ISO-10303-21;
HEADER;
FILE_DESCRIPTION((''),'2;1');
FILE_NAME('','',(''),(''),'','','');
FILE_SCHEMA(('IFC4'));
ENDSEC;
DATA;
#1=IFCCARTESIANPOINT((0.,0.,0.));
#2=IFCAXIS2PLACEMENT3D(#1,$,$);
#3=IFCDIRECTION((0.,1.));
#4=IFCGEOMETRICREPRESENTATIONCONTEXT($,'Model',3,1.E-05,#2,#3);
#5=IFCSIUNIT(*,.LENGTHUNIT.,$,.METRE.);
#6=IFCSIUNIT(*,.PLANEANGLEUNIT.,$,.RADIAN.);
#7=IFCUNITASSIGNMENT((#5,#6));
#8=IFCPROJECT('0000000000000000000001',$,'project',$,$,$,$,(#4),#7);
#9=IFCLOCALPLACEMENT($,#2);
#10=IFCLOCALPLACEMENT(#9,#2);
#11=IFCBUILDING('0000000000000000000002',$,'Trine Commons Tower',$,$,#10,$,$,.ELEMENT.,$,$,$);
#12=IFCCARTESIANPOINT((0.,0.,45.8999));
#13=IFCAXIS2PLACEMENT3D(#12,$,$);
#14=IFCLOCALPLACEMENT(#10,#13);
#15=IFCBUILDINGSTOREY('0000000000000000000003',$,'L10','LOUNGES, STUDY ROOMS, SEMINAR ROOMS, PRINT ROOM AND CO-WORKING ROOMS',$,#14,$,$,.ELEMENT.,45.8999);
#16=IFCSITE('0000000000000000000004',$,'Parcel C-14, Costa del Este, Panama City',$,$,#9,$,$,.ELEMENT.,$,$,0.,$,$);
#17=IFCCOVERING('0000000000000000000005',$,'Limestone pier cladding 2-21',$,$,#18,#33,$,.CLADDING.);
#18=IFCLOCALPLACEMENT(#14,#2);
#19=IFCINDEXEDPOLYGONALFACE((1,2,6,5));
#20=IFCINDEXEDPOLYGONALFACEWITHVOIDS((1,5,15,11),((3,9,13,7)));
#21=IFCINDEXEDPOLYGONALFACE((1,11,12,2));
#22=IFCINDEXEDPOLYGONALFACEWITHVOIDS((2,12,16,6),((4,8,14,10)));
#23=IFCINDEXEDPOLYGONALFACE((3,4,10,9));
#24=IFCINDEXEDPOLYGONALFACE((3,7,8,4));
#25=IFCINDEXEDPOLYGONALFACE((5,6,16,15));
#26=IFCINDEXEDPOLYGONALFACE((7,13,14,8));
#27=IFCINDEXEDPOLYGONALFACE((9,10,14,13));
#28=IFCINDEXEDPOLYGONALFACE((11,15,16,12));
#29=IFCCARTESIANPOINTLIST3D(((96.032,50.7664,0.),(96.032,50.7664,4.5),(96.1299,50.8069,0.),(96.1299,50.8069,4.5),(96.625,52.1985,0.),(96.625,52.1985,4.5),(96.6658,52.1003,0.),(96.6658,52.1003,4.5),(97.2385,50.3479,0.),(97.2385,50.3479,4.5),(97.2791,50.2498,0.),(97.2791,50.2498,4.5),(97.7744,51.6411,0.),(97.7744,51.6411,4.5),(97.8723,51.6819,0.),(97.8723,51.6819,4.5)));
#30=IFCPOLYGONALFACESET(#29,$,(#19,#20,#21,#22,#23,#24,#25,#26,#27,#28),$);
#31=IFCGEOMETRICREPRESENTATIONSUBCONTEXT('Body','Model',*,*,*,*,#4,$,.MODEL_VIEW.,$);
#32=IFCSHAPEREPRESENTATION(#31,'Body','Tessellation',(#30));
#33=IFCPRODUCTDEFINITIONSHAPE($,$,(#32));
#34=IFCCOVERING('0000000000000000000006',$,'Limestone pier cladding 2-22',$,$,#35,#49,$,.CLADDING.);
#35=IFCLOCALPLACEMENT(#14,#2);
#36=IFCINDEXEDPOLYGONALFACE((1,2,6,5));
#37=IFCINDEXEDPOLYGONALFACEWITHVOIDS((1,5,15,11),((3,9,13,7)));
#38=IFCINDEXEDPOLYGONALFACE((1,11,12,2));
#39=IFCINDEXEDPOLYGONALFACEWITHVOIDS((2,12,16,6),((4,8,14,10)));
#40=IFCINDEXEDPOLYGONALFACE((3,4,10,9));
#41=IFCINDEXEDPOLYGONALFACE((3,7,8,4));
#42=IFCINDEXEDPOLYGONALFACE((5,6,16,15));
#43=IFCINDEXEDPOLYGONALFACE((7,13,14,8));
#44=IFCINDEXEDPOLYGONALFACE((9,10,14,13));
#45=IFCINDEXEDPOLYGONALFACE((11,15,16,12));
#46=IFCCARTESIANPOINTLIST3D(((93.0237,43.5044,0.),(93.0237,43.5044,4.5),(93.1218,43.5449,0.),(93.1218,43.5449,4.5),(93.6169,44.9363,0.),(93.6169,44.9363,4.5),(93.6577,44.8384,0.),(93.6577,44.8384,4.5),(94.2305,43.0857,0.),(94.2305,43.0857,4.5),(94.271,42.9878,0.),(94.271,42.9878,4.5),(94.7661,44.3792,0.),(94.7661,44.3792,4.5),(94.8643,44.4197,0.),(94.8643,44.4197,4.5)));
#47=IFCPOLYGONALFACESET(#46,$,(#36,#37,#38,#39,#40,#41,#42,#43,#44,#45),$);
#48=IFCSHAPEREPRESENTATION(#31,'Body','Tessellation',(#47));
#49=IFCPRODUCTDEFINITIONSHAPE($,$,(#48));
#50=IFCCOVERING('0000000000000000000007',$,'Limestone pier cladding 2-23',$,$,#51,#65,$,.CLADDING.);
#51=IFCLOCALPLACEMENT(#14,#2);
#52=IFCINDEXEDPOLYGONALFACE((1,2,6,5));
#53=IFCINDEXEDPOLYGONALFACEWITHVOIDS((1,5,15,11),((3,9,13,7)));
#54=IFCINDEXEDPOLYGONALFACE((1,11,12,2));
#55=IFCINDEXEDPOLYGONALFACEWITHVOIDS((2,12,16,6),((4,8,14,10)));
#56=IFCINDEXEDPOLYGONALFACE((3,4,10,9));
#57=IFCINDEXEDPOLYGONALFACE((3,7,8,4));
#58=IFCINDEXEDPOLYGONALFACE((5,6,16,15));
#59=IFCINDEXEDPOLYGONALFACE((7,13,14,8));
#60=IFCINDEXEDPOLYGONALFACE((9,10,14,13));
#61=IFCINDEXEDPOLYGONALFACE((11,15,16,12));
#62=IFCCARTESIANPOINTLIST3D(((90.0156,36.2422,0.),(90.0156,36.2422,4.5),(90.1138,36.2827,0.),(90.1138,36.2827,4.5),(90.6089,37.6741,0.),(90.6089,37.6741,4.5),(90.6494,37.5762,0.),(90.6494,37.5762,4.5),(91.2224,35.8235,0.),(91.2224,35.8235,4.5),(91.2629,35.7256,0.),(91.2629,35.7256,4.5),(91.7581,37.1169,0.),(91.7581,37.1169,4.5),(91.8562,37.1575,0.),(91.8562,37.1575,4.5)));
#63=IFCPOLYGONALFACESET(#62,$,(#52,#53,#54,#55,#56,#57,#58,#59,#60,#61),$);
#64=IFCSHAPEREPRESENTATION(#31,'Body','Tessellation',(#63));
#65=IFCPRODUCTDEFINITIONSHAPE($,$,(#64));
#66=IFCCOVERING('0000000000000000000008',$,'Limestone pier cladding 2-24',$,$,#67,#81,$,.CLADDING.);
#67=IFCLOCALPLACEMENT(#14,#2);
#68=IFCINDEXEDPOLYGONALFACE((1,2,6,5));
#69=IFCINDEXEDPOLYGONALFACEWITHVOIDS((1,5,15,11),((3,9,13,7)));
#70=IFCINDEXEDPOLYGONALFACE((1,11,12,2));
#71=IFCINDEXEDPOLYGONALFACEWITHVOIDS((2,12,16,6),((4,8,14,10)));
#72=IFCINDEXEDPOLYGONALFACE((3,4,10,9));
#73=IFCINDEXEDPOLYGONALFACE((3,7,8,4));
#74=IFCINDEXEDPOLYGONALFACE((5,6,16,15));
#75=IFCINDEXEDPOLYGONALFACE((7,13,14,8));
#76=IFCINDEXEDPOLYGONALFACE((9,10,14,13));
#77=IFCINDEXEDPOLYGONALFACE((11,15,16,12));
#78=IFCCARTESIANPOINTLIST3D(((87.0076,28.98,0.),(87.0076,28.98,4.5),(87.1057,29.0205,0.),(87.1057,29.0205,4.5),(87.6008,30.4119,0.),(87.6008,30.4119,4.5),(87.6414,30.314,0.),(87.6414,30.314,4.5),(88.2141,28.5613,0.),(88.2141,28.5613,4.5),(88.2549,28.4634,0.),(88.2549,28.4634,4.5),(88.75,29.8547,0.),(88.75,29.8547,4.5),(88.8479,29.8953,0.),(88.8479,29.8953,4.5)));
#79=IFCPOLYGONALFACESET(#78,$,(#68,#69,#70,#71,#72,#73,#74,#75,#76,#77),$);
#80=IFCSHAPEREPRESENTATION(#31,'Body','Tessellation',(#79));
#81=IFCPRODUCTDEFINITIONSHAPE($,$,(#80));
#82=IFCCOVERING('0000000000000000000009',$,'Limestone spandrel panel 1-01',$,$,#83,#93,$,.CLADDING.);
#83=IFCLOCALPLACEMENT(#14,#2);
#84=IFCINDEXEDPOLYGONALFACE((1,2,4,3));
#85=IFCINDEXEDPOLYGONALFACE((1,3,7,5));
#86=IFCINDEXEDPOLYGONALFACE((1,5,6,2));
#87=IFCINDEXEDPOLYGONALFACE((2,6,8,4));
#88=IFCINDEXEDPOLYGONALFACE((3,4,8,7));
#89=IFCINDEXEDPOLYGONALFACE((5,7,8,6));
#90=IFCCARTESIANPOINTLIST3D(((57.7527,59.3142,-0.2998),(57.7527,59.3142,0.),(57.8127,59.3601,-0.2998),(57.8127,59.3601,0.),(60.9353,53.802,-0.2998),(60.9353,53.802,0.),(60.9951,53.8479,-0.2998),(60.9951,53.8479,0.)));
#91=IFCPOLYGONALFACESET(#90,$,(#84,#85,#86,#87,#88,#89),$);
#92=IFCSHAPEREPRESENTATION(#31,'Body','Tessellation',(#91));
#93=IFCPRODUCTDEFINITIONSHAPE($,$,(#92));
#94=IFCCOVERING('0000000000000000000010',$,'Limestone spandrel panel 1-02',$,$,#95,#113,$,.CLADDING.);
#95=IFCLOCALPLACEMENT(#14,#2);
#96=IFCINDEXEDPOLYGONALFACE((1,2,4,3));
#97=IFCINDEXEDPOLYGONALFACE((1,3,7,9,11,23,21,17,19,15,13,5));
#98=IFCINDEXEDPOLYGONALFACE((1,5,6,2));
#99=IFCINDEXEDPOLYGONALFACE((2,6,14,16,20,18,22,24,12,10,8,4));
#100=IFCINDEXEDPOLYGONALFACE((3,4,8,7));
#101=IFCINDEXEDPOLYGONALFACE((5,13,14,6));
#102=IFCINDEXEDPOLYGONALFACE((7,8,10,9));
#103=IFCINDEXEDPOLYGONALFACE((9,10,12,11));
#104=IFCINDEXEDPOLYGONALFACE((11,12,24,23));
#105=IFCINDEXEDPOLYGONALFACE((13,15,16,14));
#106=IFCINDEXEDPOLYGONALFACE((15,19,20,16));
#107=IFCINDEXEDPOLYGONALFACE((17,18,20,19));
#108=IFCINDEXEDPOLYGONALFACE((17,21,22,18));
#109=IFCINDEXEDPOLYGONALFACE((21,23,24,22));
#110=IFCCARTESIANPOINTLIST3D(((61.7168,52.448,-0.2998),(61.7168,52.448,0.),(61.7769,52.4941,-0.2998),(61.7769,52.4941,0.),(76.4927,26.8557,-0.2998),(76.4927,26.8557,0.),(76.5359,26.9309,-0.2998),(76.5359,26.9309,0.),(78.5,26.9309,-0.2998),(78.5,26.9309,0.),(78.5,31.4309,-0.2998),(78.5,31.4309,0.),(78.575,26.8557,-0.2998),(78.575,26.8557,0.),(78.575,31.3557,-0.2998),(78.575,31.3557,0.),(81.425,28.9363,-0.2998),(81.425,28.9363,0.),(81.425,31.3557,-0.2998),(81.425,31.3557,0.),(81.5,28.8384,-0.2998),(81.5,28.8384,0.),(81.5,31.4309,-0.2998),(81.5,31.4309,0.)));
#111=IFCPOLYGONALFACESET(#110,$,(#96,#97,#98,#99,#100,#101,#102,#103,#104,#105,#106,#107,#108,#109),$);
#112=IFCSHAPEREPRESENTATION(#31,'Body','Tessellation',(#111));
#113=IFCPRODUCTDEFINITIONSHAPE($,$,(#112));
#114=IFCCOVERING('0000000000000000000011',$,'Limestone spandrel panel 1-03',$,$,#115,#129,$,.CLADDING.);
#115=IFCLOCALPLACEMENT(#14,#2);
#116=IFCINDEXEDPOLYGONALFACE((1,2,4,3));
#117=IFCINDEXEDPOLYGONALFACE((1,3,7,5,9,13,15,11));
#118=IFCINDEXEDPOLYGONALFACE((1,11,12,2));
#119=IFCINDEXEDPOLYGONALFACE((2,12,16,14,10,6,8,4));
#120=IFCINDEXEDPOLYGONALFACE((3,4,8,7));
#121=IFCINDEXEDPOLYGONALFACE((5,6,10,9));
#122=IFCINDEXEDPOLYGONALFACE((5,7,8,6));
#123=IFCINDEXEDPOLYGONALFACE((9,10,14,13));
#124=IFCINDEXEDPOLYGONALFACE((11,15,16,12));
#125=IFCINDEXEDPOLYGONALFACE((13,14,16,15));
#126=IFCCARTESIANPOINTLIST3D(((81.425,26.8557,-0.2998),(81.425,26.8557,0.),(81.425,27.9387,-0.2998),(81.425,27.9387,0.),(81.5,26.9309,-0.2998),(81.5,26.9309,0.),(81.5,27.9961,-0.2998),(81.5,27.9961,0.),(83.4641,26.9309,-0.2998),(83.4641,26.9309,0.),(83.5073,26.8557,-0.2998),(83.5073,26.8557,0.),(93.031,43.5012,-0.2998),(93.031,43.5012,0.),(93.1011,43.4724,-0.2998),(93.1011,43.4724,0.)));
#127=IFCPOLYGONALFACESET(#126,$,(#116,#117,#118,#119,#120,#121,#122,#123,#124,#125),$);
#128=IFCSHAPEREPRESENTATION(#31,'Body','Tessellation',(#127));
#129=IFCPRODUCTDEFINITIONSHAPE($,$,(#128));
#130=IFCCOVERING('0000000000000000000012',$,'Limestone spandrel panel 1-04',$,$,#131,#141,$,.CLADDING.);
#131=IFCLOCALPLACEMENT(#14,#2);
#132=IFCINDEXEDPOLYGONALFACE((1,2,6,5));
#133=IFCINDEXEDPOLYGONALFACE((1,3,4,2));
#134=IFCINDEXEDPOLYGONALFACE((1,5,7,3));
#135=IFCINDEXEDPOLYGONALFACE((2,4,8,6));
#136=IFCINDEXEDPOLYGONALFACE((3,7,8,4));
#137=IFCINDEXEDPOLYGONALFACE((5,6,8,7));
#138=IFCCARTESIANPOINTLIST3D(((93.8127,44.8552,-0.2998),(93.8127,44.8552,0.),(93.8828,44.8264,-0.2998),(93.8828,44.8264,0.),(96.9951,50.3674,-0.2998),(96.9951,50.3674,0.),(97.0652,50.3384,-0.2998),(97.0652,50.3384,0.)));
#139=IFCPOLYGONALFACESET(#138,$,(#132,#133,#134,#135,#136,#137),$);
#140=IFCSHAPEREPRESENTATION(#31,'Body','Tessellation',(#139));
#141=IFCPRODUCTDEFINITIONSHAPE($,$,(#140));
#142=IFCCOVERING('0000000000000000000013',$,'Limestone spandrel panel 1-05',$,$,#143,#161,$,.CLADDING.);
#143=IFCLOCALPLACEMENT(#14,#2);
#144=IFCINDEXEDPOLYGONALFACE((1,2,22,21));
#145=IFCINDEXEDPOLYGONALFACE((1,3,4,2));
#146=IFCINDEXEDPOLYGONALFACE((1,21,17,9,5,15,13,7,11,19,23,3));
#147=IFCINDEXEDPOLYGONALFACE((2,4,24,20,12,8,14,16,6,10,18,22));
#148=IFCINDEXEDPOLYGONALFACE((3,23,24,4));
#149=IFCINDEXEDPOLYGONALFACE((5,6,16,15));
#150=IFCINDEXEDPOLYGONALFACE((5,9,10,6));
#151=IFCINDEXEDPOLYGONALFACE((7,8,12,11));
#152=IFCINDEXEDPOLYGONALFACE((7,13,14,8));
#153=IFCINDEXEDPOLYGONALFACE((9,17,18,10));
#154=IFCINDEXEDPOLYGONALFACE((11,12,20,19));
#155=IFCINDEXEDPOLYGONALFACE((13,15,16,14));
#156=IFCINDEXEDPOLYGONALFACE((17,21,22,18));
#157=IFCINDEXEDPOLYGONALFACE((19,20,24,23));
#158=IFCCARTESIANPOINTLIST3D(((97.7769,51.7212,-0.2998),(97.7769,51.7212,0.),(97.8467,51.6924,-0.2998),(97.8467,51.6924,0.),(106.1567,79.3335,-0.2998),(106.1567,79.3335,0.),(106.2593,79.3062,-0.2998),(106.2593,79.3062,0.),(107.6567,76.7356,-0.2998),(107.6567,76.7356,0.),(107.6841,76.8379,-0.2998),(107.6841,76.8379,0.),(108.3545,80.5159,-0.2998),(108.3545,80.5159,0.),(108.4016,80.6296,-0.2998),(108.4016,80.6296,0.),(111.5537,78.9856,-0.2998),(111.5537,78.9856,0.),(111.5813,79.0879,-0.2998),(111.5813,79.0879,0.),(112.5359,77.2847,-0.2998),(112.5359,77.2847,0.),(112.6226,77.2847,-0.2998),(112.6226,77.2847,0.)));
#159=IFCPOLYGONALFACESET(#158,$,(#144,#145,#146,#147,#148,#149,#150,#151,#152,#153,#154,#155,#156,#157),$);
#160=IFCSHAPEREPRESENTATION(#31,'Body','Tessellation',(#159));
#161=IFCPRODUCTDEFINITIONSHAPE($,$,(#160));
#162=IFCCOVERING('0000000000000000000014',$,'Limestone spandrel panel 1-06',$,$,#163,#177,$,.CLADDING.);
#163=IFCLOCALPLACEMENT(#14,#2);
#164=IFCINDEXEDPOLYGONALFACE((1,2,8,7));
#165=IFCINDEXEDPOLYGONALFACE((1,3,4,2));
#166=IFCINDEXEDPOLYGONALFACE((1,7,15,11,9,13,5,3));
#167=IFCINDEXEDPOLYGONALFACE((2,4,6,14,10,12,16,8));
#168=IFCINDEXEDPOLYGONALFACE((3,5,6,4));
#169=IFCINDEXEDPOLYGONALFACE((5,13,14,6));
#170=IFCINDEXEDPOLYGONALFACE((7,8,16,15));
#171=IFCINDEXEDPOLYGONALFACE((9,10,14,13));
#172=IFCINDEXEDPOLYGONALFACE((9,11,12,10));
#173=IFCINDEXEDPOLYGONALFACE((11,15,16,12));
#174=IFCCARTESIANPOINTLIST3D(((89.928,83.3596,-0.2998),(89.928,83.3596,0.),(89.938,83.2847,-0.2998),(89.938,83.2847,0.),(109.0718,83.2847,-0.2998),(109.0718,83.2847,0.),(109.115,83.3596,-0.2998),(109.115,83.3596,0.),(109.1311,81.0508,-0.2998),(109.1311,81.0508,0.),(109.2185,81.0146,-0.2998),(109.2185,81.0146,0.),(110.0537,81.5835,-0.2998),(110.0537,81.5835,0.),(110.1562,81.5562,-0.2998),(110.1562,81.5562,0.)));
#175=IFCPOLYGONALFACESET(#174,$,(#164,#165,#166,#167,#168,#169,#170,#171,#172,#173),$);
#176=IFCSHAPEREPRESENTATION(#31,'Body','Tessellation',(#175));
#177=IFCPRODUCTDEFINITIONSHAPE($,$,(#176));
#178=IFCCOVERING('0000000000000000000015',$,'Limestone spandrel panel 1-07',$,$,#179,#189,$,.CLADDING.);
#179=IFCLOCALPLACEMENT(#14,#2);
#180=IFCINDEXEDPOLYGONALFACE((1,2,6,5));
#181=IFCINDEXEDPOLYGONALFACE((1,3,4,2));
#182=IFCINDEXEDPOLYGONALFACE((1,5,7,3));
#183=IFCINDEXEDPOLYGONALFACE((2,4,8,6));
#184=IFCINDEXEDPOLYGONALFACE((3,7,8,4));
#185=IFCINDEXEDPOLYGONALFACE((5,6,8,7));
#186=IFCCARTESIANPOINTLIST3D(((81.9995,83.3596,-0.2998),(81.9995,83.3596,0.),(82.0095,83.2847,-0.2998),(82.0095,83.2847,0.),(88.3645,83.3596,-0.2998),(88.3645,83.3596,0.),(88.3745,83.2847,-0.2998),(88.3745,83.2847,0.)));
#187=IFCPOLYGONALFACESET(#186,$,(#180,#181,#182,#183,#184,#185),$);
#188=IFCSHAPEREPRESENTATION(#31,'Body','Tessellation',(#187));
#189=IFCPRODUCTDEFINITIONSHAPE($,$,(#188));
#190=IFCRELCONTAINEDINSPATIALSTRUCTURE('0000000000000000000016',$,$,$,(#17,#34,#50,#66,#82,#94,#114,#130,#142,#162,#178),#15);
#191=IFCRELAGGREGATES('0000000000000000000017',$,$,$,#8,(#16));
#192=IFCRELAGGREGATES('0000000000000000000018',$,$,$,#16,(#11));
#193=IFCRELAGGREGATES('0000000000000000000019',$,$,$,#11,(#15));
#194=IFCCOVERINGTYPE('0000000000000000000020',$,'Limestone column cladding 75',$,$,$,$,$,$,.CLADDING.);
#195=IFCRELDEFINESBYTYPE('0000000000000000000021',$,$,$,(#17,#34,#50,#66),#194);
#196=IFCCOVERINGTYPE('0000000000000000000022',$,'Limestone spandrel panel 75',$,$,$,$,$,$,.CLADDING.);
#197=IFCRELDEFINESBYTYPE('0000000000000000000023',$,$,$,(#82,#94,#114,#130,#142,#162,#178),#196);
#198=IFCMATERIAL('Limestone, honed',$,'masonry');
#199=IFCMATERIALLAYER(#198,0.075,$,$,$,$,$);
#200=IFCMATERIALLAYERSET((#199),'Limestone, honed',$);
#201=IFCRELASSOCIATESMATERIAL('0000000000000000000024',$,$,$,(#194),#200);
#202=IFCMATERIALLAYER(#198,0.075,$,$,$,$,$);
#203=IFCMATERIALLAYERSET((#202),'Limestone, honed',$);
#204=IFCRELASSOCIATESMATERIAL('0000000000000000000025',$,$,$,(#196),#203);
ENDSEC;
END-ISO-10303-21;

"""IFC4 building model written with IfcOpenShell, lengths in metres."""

from ifc_helpers import new_model, si_unit, direction, frame, origin, place, context, subcontext, project, spatial, polyline, outline, extrude, material, layer, layer_set, type_object, element, save


model = new_model("IFC4")

# Units and contexts
model_context = context("Model", 3, precision=1e-05, world=origin(), true_north=direction((0.0, 1.0)))
body_context = subcontext(model_context, "Body", "Model", "MODEL_VIEW")
ifc_project = project(units=[si_unit("LENGTHUNIT", "METRE"), si_unit("PLANEANGLEUNIT", "RADIAN")], contexts=[model_context])

# Site, building, storey
site_placement = place(None, origin())
site = spatial("IfcSite", under=ifc_project, at=site_placement, Name="Parcel C-14, Costa del Este, Panama City", CompositionType="ELEMENT", RefElevation=0.0)
building_placement = place(site_placement, origin())
building = spatial("IfcBuilding", under=site, at=building_placement, Name="Trine Commons Tower", CompositionType="ELEMENT")
storey_placement = place(building_placement, frame((0.0, 0.0, 45.8999)))
storey = spatial("IfcBuildingStorey", under=building, at=storey_placement, Name="L10", Description="LOUNGES, STUDY ROOMS, SEMINAR ROOMS, PRINT ROOM AND CO-WORKING ROOMS", CompositionType="ELEMENT", Elevation=45.8999)

# Coverings
ifc_material_1 = material(Name="Limestone, honed", Category="masonry")
ifc_layer_1 = layer(ifc_material_1, 0.075)
ifc_layer_set_1 = layer_set([ifc_layer_1], Name="Limestone, honed")
covering_type_1 = type_object("IfcCoveringType", Name="Limestone column cladding 75", PredefinedType="CLADDING", material=ifc_layer_set_1)
covering_1_placement = place(storey_placement, origin())
element("IfcCovering", 1, at=covering_1_placement, inside=storey, type_object=covering_type_1, Name="Limestone pier cladding 2-21", PredefinedType="CLADDING", context=body_context, shape_type="SweptSolid", body=[
    extrude(outline(polyline([(97.8723, 51.6819), (96.625, 52.1985), (96.032, 50.7664), (97.2791, 50.2498), (97.8723, 51.6819)]), holes=[polyline([(97.7744, 51.6411), (96.6658, 52.1003), (96.1299, 50.8069), (97.2385, 50.3479), (97.7744, 51.6411)])]), origin(), (0.0, 0.0, 1.0), 4.5),
])
covering_2_placement = place(storey_placement, origin())
element("IfcCovering", 2, at=covering_2_placement, inside=storey, type_object=covering_type_1, Name="Limestone pier cladding 2-22", PredefinedType="CLADDING", context=body_context, shape_type="SweptSolid", body=[
    extrude(outline(polyline([(94.8643, 44.4197), (93.6169, 44.9363), (93.0237, 43.5044), (94.271, 42.9878), (94.8643, 44.4197)]), holes=[polyline([(94.7661, 44.3792), (93.6577, 44.8384), (93.1218, 43.5449), (94.2305, 43.0857), (94.7661, 44.3792)])]), origin(), (0.0, 0.0, 1.0), 4.5),
])
covering_3_placement = place(storey_placement, origin())
element("IfcCovering", 3, at=covering_3_placement, inside=storey, type_object=covering_type_1, Name="Limestone pier cladding 2-23", PredefinedType="CLADDING", context=body_context, shape_type="SweptSolid", body=[
    extrude(outline(polyline([(91.8562, 37.1575), (90.6089, 37.6741), (90.0156, 36.2422), (91.2629, 35.7256), (91.8562, 37.1575)]), holes=[polyline([(91.7581, 37.1169), (90.6494, 37.5762), (90.1138, 36.2827), (91.2224, 35.8235), (91.7581, 37.1169)])]), origin(), (0.0, 0.0, 1.0), 4.5),
])
covering_4_placement = place(storey_placement, origin())
element("IfcCovering", 4, at=covering_4_placement, inside=storey, type_object=covering_type_1, Name="Limestone pier cladding 2-24", PredefinedType="CLADDING", context=body_context, shape_type="SweptSolid", body=[
    extrude(outline(polyline([(88.8479, 29.8953), (87.6008, 30.4119), (87.0076, 28.98), (88.2549, 28.4634), (88.8479, 29.8953)]), holes=[polyline([(88.75, 29.8547), (87.6414, 30.314), (87.1057, 29.0205), (88.2141, 28.5613), (88.75, 29.8547)])]), origin(), (0.0, 0.0, 1.0), 4.5),
])
ifc_layer_2 = layer(ifc_material_1, 0.075)
ifc_layer_set_2 = layer_set([ifc_layer_2], Name="Limestone, honed")
covering_type_2 = type_object("IfcCoveringType", Name="Limestone spandrel panel 75", PredefinedType="CLADDING", material=ifc_layer_set_2)
covering_5_placement = place(storey_placement, frame((0.0, 0.0, -0.2998)))
element("IfcCovering", 5, at=covering_5_placement, inside=storey, type_object=covering_type_2, Name="Limestone spandrel panel 1-01", PredefinedType="CLADDING", context=body_context, shape_type="SweptSolid", body=[
    extrude(outline(polyline([(57.7527, 59.3142), (60.9353, 53.802), (60.9951, 53.8479), (57.8127, 59.3601), (57.7527, 59.3142)])), origin(), (0.0, 0.0, 1.0), 0.2998),
])
covering_6_placement = place(storey_placement, frame((0.0, 0.0, -0.2998)))
element("IfcCovering", 6, at=covering_6_placement, inside=storey, type_object=covering_type_2, Name="Limestone spandrel panel 1-02", PredefinedType="CLADDING", context=body_context, shape_type="SweptSolid", body=[
    extrude(outline(polyline([(81.425, 31.3557), (81.425, 28.9363), (81.5, 28.8384), (81.5, 31.4309), (78.5, 31.4309), (78.5, 26.9309), (76.5359, 26.9309), (61.7769, 52.4941), (61.7168, 52.448), (76.4927, 26.8557), (78.575, 26.8557), (78.575, 31.3557), (81.425, 31.3557)])), origin(), (0.0, 0.0, 1.0), 0.2998),
])
covering_7_placement = place(storey_placement, frame((0.0, 0.0, -0.2998)))
element("IfcCovering", 7, at=covering_7_placement, inside=storey, type_object=covering_type_2, Name="Limestone spandrel panel 1-03", PredefinedType="CLADDING", context=body_context, shape_type="SweptSolid", body=[
    extrude(outline(polyline([(81.425, 27.9387), (81.425, 26.8557), (83.5073, 26.8557), (93.1011, 43.4724), (93.031, 43.5012), (83.4641, 26.9309), (81.5, 26.9309), (81.5, 27.9961), (81.425, 27.9387)])), origin(), (0.0, 0.0, 1.0), 0.2998),
])
covering_8_placement = place(storey_placement, frame((0.0, 0.0, -0.2998)))
element("IfcCovering", 8, at=covering_8_placement, inside=storey, type_object=covering_type_2, Name="Limestone spandrel panel 1-04", PredefinedType="CLADDING", context=body_context, shape_type="SweptSolid", body=[
    extrude(outline(polyline([(93.8828, 44.8264), (97.0652, 50.3384), (96.9951, 50.3674), (93.8127, 44.8552), (93.8828, 44.8264)])), origin(), (0.0, 0.0, 1.0), 0.2998),
])
covering_9_placement = place(storey_placement, frame((0.0, 0.0, -0.2998)))
element("IfcCovering", 9, at=covering_9_placement, inside=storey, type_object=covering_type_2, Name="Limestone spandrel panel 1-05", PredefinedType="CLADDING", context=body_context, shape_type="SweptSolid", body=[
    extrude(outline(polyline([(106.2593, 79.3062), (108.3545, 80.5159), (108.4016, 80.6296), (106.1567, 79.3335), (107.6567, 76.7356), (111.5537, 78.9856), (112.5359, 77.2847), (97.7769, 51.7212), (97.8467, 51.6924), (112.6226, 77.2847), (111.5813, 79.0879), (107.6841, 76.8379), (106.2593, 79.3062)])), origin(), (0.0, 0.0, 1.0), 0.2998),
])
covering_10_placement = place(storey_placement, frame((0.0, 0.0, -0.2998)))
element("IfcCovering", 10, at=covering_10_placement, inside=storey, type_object=covering_type_2, Name="Limestone spandrel panel 1-06", PredefinedType="CLADDING", context=body_context, shape_type="SweptSolid", body=[
    extrude(outline(polyline([(109.115, 83.3596), (89.928, 83.3596), (89.938, 83.2847), (109.0718, 83.2847), (110.0537, 81.5835), (109.1311, 81.0508), (109.2185, 81.0146), (110.1562, 81.5562), (109.115, 83.3596)])), origin(), (0.0, 0.0, 1.0), 0.2998),
])
covering_11_placement = place(storey_placement, frame((0.0, 0.0, -0.2998)))
element("IfcCovering", 11, at=covering_11_placement, inside=storey, type_object=covering_type_2, Name="Limestone spandrel panel 1-07", PredefinedType="CLADDING", context=body_context, shape_type="SweptSolid", body=[
    extrude(outline(polyline([(88.3645, 83.3596), (81.9995, 83.3596), (82.0095, 83.2847), (88.3745, 83.2847), (88.3645, 83.3596)])), origin(), (0.0, 0.0, 1.0), 0.2998),
])

save(model, "model.ifc")
